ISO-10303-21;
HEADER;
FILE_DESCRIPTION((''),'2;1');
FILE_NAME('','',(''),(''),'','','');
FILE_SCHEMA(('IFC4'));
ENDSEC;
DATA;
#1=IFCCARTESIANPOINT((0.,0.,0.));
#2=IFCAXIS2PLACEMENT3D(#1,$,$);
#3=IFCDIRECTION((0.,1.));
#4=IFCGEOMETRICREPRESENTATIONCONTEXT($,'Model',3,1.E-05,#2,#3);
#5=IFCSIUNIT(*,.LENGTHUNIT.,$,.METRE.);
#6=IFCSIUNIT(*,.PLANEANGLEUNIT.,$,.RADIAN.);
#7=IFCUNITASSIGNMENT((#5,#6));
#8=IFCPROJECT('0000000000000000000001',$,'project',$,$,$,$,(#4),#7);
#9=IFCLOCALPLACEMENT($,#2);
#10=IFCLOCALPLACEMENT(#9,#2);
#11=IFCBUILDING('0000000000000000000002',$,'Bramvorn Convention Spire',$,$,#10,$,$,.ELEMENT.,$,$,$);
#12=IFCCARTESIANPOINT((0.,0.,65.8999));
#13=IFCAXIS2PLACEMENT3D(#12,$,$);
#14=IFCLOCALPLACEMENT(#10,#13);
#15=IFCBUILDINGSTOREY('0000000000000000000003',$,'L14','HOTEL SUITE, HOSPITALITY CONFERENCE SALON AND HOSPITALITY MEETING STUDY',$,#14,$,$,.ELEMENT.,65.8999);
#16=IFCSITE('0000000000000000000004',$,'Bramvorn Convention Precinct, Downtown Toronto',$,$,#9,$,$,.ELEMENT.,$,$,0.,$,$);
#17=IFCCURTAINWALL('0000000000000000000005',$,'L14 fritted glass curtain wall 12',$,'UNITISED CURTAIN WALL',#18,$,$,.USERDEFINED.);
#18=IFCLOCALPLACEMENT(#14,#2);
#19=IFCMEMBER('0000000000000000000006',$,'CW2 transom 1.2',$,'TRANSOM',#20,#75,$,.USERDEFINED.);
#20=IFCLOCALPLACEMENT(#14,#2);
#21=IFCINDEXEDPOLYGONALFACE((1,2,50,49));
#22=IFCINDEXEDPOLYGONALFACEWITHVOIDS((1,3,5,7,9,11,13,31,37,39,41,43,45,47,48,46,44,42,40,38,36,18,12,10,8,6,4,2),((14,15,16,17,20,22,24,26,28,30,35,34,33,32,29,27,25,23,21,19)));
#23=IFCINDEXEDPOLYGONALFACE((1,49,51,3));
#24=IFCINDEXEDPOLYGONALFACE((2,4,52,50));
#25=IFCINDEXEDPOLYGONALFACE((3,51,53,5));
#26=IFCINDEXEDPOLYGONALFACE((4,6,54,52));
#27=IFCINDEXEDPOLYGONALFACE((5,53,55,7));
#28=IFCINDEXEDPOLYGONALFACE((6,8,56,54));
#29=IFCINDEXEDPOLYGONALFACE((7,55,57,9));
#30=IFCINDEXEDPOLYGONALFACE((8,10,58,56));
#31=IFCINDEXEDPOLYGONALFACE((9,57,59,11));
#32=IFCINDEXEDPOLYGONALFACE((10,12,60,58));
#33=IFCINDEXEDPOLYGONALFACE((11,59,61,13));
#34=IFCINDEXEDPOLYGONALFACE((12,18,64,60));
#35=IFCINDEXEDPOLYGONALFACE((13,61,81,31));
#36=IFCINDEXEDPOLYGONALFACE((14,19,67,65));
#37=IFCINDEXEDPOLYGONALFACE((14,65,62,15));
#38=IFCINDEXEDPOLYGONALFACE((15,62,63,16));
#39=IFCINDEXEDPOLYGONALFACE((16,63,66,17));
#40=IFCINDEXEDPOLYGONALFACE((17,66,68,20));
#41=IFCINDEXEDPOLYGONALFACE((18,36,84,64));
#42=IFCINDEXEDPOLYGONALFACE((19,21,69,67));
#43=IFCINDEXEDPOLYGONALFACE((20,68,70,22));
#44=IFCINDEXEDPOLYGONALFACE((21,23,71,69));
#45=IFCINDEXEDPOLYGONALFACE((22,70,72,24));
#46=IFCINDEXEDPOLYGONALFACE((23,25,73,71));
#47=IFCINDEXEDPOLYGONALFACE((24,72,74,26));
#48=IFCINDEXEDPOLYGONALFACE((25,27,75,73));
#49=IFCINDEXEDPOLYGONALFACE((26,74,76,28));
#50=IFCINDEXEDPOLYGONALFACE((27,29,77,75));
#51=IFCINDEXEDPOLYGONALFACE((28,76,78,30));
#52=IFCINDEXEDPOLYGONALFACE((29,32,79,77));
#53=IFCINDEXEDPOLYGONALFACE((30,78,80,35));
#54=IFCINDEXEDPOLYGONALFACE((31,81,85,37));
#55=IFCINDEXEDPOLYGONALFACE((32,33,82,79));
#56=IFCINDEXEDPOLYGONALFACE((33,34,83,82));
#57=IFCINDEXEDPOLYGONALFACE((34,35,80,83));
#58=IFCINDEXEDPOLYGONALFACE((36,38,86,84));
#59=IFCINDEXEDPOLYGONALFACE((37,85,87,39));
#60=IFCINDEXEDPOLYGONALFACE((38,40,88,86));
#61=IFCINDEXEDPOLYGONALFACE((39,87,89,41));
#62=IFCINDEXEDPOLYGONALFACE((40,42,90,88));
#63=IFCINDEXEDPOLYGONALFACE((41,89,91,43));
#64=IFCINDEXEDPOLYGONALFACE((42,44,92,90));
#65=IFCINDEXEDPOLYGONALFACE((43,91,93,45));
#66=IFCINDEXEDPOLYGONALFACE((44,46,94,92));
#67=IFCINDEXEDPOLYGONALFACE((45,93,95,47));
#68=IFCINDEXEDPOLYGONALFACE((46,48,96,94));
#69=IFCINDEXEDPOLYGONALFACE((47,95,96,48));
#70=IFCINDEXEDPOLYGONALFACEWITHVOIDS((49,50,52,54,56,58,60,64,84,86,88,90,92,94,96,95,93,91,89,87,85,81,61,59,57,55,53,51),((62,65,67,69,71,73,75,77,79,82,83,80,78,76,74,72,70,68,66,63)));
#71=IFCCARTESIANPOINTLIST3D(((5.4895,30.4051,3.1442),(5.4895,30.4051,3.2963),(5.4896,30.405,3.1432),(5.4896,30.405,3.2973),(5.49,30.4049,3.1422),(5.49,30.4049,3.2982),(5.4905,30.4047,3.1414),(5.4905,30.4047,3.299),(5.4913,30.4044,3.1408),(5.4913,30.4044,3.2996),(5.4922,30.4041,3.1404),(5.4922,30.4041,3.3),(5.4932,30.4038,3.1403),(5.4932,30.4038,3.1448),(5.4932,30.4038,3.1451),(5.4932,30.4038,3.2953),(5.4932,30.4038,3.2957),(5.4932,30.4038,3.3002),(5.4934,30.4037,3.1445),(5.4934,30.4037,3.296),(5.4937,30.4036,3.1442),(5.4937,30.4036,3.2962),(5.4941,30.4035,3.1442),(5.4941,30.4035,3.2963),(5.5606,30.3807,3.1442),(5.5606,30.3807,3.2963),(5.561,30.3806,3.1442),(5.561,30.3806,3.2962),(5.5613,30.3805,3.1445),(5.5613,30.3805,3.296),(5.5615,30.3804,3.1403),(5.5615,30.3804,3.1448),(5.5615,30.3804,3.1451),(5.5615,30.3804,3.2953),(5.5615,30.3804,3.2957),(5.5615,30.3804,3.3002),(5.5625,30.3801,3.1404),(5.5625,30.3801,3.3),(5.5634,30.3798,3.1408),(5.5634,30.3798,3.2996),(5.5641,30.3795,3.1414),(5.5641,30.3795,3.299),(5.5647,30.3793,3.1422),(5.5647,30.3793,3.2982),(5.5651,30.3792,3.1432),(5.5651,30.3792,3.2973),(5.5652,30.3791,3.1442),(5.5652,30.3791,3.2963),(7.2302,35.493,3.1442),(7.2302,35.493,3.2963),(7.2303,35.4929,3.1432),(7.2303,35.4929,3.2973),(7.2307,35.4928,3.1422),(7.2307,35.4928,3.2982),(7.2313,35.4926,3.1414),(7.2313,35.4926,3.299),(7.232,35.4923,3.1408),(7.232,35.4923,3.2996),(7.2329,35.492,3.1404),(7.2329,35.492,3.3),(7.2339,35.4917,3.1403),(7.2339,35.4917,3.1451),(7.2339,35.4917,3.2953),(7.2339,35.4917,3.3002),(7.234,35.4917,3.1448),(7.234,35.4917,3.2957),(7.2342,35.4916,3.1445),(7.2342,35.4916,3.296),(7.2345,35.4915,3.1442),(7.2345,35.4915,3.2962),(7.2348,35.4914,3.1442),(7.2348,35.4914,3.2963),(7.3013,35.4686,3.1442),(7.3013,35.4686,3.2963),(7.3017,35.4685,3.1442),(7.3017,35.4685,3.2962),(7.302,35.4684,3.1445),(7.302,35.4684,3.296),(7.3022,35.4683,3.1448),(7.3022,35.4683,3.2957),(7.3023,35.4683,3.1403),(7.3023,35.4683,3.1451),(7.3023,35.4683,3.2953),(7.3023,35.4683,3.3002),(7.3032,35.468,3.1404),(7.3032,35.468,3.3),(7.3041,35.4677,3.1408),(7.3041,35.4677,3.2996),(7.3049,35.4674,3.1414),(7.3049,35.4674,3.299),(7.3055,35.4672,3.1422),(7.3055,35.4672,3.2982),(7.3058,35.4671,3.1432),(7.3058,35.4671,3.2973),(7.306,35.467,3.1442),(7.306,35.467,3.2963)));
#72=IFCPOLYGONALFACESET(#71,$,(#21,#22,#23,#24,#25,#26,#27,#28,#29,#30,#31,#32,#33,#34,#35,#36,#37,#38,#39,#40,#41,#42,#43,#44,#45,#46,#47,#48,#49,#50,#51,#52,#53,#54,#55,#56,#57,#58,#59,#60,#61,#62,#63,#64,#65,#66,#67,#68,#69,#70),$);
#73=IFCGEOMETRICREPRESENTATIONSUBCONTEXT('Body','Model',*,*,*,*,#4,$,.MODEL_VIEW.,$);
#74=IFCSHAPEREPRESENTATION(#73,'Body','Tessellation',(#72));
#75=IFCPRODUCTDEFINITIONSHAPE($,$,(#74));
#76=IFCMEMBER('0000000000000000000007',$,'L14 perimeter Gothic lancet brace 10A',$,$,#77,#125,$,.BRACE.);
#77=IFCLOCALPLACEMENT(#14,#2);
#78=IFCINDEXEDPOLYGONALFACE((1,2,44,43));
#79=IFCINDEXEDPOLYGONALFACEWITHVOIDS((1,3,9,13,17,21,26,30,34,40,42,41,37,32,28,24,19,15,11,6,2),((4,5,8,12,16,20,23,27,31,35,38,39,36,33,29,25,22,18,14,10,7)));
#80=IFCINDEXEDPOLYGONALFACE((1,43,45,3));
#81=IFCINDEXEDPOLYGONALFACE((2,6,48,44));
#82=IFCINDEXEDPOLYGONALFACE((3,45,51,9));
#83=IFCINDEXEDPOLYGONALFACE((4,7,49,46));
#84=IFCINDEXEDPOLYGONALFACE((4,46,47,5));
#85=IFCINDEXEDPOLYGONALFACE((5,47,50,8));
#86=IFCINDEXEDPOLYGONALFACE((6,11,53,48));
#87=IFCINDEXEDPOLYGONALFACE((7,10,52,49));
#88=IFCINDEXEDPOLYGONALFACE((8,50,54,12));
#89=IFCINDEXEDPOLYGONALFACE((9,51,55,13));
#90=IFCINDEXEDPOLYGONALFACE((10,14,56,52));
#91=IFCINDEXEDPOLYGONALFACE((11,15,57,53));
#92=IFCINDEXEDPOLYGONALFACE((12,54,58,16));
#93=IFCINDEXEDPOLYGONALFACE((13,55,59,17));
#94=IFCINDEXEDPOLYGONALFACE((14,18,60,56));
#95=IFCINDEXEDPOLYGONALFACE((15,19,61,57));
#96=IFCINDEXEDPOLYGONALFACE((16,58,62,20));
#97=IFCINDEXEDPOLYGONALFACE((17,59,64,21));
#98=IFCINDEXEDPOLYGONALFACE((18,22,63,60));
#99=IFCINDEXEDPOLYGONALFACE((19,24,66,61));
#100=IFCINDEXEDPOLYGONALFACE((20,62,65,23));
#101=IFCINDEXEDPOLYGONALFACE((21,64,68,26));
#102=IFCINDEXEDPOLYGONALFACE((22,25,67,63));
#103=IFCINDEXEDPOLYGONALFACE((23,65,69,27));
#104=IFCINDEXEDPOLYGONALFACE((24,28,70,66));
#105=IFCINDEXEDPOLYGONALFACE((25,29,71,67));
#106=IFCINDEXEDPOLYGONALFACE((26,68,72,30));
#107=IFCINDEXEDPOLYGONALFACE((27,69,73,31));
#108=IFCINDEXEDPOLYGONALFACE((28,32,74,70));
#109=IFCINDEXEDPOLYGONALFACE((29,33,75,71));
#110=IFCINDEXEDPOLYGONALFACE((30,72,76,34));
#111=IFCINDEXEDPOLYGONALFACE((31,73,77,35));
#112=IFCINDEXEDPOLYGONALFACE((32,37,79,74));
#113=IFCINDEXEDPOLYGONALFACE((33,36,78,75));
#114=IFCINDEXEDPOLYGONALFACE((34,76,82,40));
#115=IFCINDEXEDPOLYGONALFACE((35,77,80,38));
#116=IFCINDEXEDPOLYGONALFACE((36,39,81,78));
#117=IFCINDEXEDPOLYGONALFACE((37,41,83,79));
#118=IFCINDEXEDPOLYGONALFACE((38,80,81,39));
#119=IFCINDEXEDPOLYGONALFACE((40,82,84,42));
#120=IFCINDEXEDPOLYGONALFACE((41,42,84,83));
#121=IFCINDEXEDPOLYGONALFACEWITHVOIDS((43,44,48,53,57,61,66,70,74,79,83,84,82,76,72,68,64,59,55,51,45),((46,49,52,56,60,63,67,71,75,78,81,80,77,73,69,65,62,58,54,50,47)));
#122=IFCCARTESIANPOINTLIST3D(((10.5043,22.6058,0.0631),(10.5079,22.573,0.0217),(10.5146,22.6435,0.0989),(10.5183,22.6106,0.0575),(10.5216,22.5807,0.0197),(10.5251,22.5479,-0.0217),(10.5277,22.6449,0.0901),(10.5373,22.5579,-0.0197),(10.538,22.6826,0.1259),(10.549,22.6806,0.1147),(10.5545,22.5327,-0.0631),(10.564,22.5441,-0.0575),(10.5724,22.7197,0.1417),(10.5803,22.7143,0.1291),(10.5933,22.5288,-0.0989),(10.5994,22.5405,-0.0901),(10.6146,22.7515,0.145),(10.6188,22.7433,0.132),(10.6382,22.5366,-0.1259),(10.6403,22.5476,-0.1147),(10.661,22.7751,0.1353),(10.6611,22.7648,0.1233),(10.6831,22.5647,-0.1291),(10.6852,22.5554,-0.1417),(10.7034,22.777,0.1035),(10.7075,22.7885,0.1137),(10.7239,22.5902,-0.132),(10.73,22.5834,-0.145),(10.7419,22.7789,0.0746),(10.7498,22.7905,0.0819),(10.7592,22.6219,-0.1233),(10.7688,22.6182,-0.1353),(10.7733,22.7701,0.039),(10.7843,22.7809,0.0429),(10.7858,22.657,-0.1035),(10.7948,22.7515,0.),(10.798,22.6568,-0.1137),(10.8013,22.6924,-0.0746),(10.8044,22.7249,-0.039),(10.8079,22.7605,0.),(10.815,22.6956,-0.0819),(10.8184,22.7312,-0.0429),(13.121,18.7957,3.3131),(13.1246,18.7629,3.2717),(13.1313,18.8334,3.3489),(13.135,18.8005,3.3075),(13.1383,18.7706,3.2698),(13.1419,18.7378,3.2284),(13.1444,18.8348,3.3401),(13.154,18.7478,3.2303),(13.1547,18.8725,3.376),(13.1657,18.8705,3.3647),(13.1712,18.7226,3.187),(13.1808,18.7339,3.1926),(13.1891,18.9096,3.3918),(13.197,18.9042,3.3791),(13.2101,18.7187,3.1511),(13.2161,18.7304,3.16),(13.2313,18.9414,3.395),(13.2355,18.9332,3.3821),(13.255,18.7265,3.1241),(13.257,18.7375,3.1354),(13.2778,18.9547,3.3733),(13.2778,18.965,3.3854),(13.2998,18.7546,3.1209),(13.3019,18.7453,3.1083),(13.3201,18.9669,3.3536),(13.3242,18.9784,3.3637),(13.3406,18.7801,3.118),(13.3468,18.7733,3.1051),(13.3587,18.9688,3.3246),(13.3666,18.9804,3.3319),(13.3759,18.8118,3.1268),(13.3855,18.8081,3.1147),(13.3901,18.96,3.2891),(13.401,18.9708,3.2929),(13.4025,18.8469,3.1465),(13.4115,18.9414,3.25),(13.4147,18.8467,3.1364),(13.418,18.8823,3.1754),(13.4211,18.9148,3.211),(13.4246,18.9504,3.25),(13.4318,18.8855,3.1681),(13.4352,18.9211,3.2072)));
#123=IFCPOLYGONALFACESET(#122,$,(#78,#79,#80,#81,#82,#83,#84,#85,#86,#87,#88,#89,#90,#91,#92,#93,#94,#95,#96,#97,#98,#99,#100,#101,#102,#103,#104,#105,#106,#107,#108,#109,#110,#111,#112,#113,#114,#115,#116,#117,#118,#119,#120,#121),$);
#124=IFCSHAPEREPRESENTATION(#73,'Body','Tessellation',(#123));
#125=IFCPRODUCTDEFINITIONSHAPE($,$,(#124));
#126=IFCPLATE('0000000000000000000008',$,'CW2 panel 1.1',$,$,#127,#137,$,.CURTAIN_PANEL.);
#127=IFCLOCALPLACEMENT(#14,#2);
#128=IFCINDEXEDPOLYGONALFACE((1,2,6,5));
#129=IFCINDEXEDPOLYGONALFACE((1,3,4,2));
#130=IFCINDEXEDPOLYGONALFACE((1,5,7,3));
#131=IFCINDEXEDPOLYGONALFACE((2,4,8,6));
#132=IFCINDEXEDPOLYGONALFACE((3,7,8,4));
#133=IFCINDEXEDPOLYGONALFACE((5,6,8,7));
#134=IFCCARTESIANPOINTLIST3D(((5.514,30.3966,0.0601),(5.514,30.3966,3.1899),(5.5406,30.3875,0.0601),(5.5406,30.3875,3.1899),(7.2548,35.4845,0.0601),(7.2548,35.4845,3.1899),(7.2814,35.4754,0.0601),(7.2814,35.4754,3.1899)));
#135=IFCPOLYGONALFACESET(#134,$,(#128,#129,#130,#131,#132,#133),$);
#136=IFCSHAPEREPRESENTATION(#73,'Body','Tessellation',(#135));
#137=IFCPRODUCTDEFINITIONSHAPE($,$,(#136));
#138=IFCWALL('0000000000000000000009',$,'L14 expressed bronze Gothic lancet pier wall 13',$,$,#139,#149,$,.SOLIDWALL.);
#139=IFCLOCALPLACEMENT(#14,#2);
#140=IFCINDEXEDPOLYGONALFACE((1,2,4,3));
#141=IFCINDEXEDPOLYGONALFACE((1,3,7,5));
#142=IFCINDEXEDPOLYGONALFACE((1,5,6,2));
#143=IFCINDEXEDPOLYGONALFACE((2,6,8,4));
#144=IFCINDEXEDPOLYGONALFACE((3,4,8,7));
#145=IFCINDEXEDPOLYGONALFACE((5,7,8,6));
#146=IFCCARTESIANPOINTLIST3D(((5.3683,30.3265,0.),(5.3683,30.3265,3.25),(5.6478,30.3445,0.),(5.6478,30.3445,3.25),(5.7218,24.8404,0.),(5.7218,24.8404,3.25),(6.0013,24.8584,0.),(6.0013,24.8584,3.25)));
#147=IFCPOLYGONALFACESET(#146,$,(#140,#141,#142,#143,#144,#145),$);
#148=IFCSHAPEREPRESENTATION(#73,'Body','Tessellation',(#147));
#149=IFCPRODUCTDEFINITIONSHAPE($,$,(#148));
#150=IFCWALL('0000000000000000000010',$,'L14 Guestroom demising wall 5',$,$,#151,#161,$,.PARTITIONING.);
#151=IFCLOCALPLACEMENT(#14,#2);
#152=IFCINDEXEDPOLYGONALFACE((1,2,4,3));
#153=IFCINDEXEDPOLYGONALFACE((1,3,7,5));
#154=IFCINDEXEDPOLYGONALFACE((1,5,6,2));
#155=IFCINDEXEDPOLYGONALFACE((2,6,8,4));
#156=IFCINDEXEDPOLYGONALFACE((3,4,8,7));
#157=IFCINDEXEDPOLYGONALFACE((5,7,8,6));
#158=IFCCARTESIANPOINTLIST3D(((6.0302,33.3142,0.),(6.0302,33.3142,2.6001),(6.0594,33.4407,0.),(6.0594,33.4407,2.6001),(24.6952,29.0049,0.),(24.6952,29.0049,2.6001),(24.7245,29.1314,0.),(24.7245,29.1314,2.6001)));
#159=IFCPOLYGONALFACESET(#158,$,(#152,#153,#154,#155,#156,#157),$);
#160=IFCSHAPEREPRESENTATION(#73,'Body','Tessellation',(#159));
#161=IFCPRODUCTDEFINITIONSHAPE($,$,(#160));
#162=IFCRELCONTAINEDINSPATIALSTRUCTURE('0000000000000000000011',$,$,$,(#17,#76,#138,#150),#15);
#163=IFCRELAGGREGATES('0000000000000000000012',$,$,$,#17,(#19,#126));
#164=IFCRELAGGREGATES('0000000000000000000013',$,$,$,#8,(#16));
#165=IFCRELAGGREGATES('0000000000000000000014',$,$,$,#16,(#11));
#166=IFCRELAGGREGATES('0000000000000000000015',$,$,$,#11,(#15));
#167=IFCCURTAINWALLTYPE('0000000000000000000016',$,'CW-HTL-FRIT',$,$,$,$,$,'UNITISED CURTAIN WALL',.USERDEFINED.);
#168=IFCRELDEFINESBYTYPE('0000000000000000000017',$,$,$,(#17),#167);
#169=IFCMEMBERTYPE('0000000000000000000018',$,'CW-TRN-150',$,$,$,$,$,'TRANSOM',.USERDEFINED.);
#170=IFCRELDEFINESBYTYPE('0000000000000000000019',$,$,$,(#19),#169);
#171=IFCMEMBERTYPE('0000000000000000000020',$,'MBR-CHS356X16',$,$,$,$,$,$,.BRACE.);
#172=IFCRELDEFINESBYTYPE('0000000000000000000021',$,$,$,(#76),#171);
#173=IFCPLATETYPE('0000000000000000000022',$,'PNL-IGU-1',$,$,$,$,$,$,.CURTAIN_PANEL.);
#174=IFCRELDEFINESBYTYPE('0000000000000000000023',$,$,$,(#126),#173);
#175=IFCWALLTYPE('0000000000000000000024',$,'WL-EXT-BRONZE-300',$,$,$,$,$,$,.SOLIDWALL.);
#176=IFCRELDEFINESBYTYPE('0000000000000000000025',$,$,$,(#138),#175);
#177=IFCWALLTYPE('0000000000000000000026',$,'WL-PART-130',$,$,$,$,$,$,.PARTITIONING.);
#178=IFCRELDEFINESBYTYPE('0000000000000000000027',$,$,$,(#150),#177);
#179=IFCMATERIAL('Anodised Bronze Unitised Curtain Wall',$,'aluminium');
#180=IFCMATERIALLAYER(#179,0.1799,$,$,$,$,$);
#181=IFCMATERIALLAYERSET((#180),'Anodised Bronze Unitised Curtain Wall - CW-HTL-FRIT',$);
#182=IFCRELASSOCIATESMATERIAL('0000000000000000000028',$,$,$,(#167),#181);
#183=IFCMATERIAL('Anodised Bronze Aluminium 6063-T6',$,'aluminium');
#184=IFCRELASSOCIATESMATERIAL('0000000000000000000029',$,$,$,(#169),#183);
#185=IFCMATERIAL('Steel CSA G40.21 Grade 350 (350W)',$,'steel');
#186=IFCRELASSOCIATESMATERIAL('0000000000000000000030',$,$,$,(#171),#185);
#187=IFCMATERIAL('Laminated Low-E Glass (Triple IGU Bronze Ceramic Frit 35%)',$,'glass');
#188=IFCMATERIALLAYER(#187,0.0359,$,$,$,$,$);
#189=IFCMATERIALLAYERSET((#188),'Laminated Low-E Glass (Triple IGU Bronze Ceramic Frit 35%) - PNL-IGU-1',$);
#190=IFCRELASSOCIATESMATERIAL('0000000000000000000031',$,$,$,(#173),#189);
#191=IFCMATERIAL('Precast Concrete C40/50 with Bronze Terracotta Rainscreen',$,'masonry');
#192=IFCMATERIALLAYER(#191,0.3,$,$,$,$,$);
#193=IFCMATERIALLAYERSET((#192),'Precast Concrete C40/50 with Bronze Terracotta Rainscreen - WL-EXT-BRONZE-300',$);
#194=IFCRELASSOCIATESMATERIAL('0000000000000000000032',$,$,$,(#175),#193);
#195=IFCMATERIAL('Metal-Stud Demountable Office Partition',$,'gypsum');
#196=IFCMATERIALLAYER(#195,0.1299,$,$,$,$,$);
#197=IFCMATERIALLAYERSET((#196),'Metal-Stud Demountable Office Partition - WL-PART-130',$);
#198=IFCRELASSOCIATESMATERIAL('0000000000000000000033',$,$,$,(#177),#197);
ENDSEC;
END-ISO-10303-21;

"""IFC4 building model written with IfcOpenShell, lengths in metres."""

from ifc_helpers import new_model, si_unit, direction, frame, frame_2d, origin, origin_2d, place, context, subcontext, project, spatial, rectangle, hollow_rectangle, hollow_circle, extrude, material, layer, layer_set, material_profile, profile_set, type_object, element, aggregate, save


model = new_model("IFC4")

# Units and contexts
model_context = context("Model", 3, precision=1e-05, world=origin(), true_north=direction((0.0, 1.0)))
body_context = subcontext(model_context, "Body", "Model", "MODEL_VIEW")
ifc_project = project(units=[si_unit("LENGTHUNIT", "METRE"), si_unit("PLANEANGLEUNIT", "RADIAN")], contexts=[model_context])

# Site, building, storey
site_placement = place(None, origin())
site = spatial("IfcSite", under=ifc_project, at=site_placement, Name="Bramvorn Convention Precinct, Downtown Toronto", CompositionType="ELEMENT", RefElevation=0.0)
building_placement = place(site_placement, origin())
building = spatial("IfcBuilding", under=site, at=building_placement, Name="Bramvorn Convention Spire", CompositionType="ELEMENT")
storey_placement = place(building_placement, frame((0.0, 0.0, 65.8999)))
storey = spatial("IfcBuildingStorey", under=building, at=storey_placement, Name="L14", Description="HOTEL SUITE, HOSPITALITY CONFERENCE SALON AND HOSPITALITY MEETING STUDY", CompositionType="ELEMENT", Elevation=65.8999)

# Shared definitions
ifc_material_1 = material(Name="Steel CSA G40.21 Grade 350 (350W)", Category="steel")

# Curtain wall, member
ifc_material_2 = material(Name="Anodised Bronze Unitised Curtain Wall", Category="aluminium")
ifc_layer_1 = layer(ifc_material_2, 0.1799)
ifc_layer_set_1 = layer_set([ifc_layer_1], Name="Anodised Bronze Unitised Curtain Wall - CW-HTL-FRIT")
curtain_wall_type = type_object("IfcCurtainWallType", Name="CW-HTL-FRIT", ElementType="UNITISED CURTAIN WALL", PredefinedType="USERDEFINED", material=ifc_layer_set_1)
curtain_wall_placement = place(storey_placement, origin())
curtain_wall = element("IfcCurtainWall", 1, at=curtain_wall_placement, inside=storey, type_object=curtain_wall_type, Name="L14 fritted glass curtain wall 12", ObjectType="UNITISED CURTAIN WALL", PredefinedType="USERDEFINED")
ifc_material_3 = material(Name="Anodised Bronze Aluminium 6063-T6", Category="aluminium")
ifc_material_profile_1 = material_profile(ifc_material_3, hollow_rectangle(XDim=0.0801, YDim=0.1599, WallThickness=0.0039, InnerFilletRadius=0.001, OuterFilletRadius=0.0039, at=origin_2d()))
ifc_profile_set_1 = profile_set([ifc_material_profile_1], Name="Anodised Bronze Aluminium 6063-T6 - CWT80X160")
member_type_1 = type_object("IfcMemberType", Name="CW-TRN-150", ElementType="TRANSOM", PredefinedType="USERDEFINED", material=ifc_profile_set_1)
member_1_placement = place(storey_placement, frame((5.5273, 30.3921, 3.2202), z_axis=(0.323709, 0.946157, 0.0), x_axis=(-0.946157, 0.323709, 0.0)))
member_1 = element("IfcMember", 2, at=member_1_placement, type_object=member_type_1, Name="CW2 transom 1.2", ObjectType="TRANSOM", PredefinedType="USERDEFINED", context=body_context, shape_type="SweptSolid", body=[
    extrude(hollow_rectangle(XDim=0.0801, YDim=0.1599, WallThickness=0.0039, InnerFilletRadius=0.001, OuterFilletRadius=0.0039, at=origin_2d()), origin(), (0.0, 0.0, 1.0), 5.3774),
])

# Member
ifc_material_profile_2 = material_profile(ifc_material_1, hollow_circle(Radius=0.1777, WallThickness=0.0159, at=origin_2d()))
ifc_profile_set_2 = profile_set([ifc_material_profile_2], Name="Steel CSA G40.21 Grade 350 (350W) - CHS356X16")
member_type_2 = type_object("IfcMemberType", Name="MBR-CHS356X16", PredefinedType="BRACE", material=ifc_profile_set_2)
member_2_placement = place(storey_placement, frame((10.6614, 22.6599, 0.0), z_axis=(0.463106, -0.674308, 0.575188), x_axis=(0.824316, 0.56613, 0.0)))
element("IfcMember", 3, at=member_2_placement, inside=storey, type_object=member_type_2, Name="L14 perimeter Gothic lancet brace 10A", PredefinedType="BRACE", context=body_context, shape_type="SweptSolid", body=[
    extrude(hollow_circle(Radius=0.1777, WallThickness=0.0159, at=origin_2d()), origin(), (0.0, 0.0, 1.0), 5.6504),
])

# Plate
ifc_material_4 = material(Name="Laminated Low-E Glass (Triple IGU Bronze Ceramic Frit 35%)", Category="glass")
ifc_layer_2 = layer(ifc_material_4, 0.0359)
ifc_layer_set_2 = layer_set([ifc_layer_2], Name="Laminated Low-E Glass (Triple IGU Bronze Ceramic Frit 35%) - PNL-IGU-1")
plate_type = type_object("IfcPlateType", Name="PNL-IGU-1", PredefinedType="CURTAIN_PANEL", material=ifc_layer_set_2)
plate_placement = place(storey_placement, frame((6.3977, 32.936, 0.0601), z_axis=(0.0, 0.0, 1.0), x_axis=(0.323716, 0.946154, 0.0)))
plate = element("IfcPlate", 4, at=plate_placement, type_object=plate_type, Name="CW2 panel 1.1", PredefinedType="CURTAIN_PANEL", context=body_context, shape_type="SweptSolid", body=[
    extrude(rectangle(XDim=5.3774, YDim=0.0281, at=origin_2d()), origin(), (0.0, 0.0, 1.0), 3.1299),
])
aggregate(curtain_wall, [member_1, plate])

# Walls
ifc_material_5 = material(Name="Precast Concrete C40/50 with Bronze Terracotta Rainscreen", Category="masonry")
ifc_layer_3 = layer(ifc_material_5, 0.3)
ifc_layer_set_3 = layer_set([ifc_layer_3], Name="Precast Concrete C40/50 with Bronze Terracotta Rainscreen - WL-EXT-BRONZE-300")
wall_type_1 = type_object("IfcWallType", Name="WL-EXT-BRONZE-300", PredefinedType="SOLIDWALL", material=ifc_layer_set_3)
wall_1_placement = place(storey_placement, frame((5.8616, 24.8494, 0.0), z_axis=(0.0, 0.0, 1.0), x_axis=(-0.064305, 0.99793, 0.0)))
element("IfcWall", 5, at=wall_1_placement, inside=storey, type_object=wall_type_1, Name="L14 expressed bronze Gothic lancet pier wall 13", PredefinedType="SOLIDWALL", context=body_context, shape_type="SweptSolid", body=[
    extrude(rectangle(XDim=5.4976, YDim=0.28, at=frame_2d((2.7488, 0.0))), origin(), (0.0, 0.0, 1.0), 3.25),
])
ifc_material_6 = material(Name="Metal-Stud Demountable Office Partition", Category="gypsum")
ifc_layer_4 = layer(ifc_material_6, 0.1299)
ifc_layer_set_4 = layer_set([ifc_layer_4], Name="Metal-Stud Demountable Office Partition - WL-PART-130")
wall_type_2 = type_object("IfcWallType", Name="WL-PART-130", PredefinedType="PARTITIONING", material=ifc_layer_set_4)
wall_2_placement = place(storey_placement, frame((24.71, 29.0681, 0.0), z_axis=(0.0, 0.0, 1.0), x_axis=(-0.974368, 0.224959, 0.0)))
element("IfcWall", 6, at=wall_2_placement, inside=storey, type_object=wall_type_2, Name="L14 Guestroom demising wall 5", PredefinedType="PARTITIONING", context=body_context, shape_type="SweptSolid", body=[
    extrude(rectangle(XDim=19.156, YDim=0.1299, at=frame_2d((9.5781, 0.0))), origin(), (0.0, 0.0, 1.0), 2.6001),
])

save(model, "model.ifc")
